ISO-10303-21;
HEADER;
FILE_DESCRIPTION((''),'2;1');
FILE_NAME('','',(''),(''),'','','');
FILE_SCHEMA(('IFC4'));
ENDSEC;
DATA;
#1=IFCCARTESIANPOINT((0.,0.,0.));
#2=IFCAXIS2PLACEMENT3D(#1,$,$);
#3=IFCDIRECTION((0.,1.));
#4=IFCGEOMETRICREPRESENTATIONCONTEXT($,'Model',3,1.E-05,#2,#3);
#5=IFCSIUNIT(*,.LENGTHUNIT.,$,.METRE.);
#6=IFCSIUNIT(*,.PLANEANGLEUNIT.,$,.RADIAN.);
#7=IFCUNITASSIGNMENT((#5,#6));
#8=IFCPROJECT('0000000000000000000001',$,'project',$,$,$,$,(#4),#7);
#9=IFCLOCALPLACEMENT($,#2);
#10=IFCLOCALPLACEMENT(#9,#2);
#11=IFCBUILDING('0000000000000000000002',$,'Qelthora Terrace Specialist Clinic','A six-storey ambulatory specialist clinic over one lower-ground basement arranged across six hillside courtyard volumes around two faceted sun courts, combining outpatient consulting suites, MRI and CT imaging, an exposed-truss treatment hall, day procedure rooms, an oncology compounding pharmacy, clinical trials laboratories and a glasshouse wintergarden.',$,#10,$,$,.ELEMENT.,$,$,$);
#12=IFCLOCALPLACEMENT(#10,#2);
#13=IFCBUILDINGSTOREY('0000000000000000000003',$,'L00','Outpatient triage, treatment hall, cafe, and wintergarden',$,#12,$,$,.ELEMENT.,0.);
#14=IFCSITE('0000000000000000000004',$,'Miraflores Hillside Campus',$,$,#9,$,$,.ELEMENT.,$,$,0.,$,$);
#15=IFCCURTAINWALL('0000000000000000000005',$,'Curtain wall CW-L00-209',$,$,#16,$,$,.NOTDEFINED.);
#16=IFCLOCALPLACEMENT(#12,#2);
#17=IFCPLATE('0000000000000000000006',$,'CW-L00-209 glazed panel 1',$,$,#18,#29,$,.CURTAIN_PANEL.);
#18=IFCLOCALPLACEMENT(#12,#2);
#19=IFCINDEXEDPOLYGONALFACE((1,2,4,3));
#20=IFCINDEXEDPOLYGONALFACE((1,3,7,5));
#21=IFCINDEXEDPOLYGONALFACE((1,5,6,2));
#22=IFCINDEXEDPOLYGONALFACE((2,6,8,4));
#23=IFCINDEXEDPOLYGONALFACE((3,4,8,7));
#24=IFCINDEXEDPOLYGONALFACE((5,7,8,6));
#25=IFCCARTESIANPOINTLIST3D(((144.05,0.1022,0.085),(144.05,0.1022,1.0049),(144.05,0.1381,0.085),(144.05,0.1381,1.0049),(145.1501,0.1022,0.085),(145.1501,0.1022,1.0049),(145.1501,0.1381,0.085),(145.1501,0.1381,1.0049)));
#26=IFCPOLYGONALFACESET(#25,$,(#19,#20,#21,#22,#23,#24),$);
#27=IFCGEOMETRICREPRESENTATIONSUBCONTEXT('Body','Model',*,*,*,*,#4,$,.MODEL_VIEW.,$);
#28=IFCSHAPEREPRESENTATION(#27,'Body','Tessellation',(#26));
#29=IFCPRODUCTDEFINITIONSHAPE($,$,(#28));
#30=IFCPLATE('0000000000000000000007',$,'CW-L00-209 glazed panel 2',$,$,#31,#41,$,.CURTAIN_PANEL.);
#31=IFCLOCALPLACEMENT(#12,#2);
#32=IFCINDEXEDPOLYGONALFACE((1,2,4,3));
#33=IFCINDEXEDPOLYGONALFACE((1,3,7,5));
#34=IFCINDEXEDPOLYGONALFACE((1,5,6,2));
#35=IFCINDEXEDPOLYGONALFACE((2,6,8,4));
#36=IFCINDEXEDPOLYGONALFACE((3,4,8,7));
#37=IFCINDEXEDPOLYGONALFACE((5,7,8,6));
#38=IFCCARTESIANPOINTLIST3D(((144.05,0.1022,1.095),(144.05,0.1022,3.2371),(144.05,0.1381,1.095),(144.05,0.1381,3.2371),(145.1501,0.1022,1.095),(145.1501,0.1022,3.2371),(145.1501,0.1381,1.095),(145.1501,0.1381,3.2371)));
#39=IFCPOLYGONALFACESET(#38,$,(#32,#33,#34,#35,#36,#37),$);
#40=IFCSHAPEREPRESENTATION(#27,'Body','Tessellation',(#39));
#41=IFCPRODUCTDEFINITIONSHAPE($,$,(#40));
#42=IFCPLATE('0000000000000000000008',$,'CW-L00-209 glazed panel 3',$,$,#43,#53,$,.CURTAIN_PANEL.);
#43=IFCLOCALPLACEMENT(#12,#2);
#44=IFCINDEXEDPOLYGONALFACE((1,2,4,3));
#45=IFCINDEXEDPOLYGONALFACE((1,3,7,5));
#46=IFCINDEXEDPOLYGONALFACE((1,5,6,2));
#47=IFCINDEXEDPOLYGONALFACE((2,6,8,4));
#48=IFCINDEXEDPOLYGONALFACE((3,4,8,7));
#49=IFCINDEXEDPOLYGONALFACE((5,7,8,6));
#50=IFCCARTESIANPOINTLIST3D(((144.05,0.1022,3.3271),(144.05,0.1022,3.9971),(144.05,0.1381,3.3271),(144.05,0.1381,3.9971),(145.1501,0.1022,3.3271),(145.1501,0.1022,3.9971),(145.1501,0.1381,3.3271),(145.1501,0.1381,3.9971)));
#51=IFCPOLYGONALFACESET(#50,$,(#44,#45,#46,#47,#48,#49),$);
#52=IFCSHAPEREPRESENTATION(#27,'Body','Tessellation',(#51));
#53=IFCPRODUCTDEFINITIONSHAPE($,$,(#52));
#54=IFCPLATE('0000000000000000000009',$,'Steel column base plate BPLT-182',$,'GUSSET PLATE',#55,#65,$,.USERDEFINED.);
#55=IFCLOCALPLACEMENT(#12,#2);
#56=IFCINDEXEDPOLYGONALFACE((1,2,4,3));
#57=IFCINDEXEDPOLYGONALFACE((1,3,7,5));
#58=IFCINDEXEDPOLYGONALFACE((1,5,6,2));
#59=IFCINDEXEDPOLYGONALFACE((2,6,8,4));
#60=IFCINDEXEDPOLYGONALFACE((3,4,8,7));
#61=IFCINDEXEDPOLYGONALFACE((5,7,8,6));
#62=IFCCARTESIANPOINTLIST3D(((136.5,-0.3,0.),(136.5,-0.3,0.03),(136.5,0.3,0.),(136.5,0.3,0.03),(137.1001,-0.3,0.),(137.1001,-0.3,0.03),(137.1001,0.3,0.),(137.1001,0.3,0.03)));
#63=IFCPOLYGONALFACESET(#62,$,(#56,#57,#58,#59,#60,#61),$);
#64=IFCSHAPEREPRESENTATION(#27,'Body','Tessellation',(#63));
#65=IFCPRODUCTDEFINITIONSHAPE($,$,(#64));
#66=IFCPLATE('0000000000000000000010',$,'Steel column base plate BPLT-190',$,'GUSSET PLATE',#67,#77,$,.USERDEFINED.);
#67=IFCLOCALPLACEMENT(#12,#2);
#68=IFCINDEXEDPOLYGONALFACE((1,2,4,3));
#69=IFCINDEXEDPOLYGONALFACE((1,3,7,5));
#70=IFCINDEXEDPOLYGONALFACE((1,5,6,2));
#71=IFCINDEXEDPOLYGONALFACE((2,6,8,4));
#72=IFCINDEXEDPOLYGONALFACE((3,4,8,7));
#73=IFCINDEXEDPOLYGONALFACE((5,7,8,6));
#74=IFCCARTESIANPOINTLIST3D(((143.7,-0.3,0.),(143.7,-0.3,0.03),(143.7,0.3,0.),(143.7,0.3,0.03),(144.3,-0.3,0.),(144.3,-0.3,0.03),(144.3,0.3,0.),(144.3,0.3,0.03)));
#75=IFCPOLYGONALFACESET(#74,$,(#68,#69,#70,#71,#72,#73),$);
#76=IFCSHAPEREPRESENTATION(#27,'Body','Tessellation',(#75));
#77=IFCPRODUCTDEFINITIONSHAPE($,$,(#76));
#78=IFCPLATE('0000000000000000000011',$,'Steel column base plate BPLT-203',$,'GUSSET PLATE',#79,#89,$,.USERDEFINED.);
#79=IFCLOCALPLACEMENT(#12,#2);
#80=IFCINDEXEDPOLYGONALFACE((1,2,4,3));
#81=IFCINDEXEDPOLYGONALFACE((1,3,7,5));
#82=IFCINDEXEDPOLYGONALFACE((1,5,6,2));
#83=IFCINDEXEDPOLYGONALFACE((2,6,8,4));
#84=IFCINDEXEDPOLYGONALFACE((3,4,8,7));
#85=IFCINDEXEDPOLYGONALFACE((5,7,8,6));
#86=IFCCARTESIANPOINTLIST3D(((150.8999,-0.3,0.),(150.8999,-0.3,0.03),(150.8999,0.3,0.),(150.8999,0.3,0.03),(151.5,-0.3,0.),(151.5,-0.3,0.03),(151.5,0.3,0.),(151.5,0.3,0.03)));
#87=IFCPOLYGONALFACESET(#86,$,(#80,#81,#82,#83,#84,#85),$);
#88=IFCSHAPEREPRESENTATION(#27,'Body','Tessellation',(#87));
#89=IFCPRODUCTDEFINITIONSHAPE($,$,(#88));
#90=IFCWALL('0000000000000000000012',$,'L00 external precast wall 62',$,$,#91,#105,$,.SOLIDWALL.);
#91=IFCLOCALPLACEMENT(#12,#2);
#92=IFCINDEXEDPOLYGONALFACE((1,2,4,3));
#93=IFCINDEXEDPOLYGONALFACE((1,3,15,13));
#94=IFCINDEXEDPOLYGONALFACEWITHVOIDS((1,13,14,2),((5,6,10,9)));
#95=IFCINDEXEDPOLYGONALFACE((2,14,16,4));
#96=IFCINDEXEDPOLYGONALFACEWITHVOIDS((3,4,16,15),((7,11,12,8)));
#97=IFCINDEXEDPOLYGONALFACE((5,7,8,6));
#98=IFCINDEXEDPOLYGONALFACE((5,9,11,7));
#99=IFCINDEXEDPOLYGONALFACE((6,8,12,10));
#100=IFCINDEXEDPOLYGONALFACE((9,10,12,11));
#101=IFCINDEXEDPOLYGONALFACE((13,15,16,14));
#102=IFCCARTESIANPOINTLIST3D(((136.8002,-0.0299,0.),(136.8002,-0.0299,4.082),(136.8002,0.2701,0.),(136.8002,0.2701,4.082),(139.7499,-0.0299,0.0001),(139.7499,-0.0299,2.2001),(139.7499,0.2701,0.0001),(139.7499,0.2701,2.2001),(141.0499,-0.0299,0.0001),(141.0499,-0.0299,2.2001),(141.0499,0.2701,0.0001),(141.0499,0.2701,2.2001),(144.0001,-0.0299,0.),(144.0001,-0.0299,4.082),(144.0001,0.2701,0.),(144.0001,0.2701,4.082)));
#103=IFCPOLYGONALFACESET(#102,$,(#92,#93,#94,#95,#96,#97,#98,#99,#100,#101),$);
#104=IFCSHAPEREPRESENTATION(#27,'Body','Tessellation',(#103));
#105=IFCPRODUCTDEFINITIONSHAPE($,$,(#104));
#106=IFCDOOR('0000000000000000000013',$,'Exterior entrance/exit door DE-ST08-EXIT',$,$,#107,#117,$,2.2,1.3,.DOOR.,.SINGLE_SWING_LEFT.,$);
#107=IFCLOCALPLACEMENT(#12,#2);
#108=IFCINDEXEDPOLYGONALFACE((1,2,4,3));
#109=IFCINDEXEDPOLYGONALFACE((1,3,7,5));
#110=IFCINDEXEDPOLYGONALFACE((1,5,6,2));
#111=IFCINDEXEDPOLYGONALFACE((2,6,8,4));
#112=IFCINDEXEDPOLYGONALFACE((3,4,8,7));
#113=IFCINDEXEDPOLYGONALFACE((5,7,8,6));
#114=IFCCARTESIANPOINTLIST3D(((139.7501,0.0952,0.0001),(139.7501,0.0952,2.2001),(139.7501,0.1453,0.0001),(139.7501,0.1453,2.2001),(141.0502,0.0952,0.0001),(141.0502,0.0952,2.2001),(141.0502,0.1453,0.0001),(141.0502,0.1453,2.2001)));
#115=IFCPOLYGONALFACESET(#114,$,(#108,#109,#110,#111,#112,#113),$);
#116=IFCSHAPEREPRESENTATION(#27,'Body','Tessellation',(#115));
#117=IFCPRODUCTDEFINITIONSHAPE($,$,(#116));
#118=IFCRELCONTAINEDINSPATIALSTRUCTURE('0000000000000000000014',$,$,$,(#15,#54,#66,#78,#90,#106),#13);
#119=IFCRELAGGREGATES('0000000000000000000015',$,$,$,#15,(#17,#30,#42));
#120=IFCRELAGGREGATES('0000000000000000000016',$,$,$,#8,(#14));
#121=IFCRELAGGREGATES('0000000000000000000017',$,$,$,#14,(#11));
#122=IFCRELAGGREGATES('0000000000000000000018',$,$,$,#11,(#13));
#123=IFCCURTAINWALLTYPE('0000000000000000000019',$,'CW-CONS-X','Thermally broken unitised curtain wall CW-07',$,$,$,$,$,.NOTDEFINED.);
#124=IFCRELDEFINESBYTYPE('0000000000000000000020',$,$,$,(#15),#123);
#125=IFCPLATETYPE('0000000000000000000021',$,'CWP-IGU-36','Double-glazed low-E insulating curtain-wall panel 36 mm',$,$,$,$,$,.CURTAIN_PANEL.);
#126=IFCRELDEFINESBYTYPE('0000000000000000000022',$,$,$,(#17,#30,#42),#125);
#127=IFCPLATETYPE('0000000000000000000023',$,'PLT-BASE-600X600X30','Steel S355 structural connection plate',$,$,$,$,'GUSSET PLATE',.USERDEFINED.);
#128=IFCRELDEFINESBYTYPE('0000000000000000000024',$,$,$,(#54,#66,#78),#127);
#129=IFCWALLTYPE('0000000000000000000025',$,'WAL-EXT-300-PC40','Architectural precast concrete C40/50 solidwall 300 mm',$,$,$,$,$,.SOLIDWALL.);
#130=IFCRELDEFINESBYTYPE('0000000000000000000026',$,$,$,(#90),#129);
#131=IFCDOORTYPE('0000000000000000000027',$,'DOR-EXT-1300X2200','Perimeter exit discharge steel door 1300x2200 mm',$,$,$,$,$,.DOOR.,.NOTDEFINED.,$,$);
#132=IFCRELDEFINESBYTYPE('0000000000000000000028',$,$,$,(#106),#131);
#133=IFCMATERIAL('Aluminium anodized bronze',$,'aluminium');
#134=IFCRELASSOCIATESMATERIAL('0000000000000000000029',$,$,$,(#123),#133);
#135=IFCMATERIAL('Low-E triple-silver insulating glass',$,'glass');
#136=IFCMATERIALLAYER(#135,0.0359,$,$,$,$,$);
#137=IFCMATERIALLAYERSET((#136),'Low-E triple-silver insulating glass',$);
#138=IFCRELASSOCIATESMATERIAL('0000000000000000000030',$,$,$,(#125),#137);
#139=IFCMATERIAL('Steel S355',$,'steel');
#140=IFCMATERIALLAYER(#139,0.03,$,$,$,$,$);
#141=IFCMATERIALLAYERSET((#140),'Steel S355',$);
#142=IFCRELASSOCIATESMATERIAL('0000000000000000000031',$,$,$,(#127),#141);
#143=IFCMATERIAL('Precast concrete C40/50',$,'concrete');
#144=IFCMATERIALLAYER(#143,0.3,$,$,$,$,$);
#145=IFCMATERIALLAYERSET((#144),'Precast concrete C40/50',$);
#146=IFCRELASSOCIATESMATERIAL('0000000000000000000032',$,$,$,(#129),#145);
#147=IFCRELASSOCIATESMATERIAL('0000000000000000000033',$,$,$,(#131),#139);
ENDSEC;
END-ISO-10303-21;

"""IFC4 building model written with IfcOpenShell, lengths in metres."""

from ifc_helpers import new_model, si_unit, direction, frame, frame_2d, origin, origin_2d, place, context, subcontext, project, spatial, rectangle, extrude, material, layer, layer_set, type_object, element, fill, aggregate, save


model = new_model("IFC4")

# Units and contexts
model_context = context("Model", 3, precision=1e-05, world=origin(), true_north=direction((0.0, 1.0)))
body_context = subcontext(model_context, "Body", "Model", "MODEL_VIEW")
ifc_project = project(units=[si_unit("LENGTHUNIT", "METRE"), si_unit("PLANEANGLEUNIT", "RADIAN")], contexts=[model_context])

# Site, building, storey
site_placement = place(None, origin())
site = spatial("IfcSite", under=ifc_project, at=site_placement, Name="Miraflores Hillside Campus", CompositionType="ELEMENT", RefElevation=0.0)
building_placement = place(site_placement, origin())
building = spatial("IfcBuilding", under=site, at=building_placement, Name="Qelthora Terrace Specialist Clinic", Description="A six-storey ambulatory specialist clinic over one lower-ground basement arranged across six hillside courtyard volumes around two faceted sun courts, combining outpatient consulting suites, MRI and CT imaging, an exposed-truss treatment hall, day procedure rooms, an oncology compounding pharmacy, clinical trials laboratories and a glasshouse wintergarden.", CompositionType="ELEMENT")
storey_placement = place(building_placement, origin())
storey = spatial("IfcBuildingStorey", under=building, at=storey_placement, Name="L00", Description="Outpatient triage, treatment hall, cafe, and wintergarden", CompositionType="ELEMENT", Elevation=0.0)

# Shared definitions
ifc_material_1 = material(Name="Steel S355", Category="steel")

# Curtain wall
ifc_material_2 = material(Name="Aluminium anodized bronze", Category="aluminium")
curtain_wall_type = type_object("IfcCurtainWallType", Name="CW-CONS-X", Description="Thermally broken unitised curtain wall CW-07", PredefinedType="NOTDEFINED", material=ifc_material_2)
curtain_wall_1_placement = place(storey_placement, origin())
curtain_wall_1 = element("IfcCurtainWall", 1, at=curtain_wall_1_placement, inside=storey, type_object=curtain_wall_type, Name="Curtain wall CW-L00-209", PredefinedType="NOTDEFINED")

# Plates
ifc_material_3 = material(Name="Low-E triple-silver insulating glass", Category="glass")
ifc_layer_1 = layer(ifc_material_3, 0.0359)
ifc_layer_set_1 = layer_set([ifc_layer_1], Name="Low-E triple-silver insulating glass")
plate_type_1 = type_object("IfcPlateType", Name="CWP-IGU-36", Description="Double-glazed low-E insulating curtain-wall panel 36 mm", PredefinedType="CURTAIN_PANEL", material=ifc_layer_set_1)
plate_1_placement = place(storey_placement, frame((144.6001, 0.1201, 0.085), z_axis=(0.0, 0.0, 1.0), x_axis=(1.0, 0.0, 0.0)))
plate_1 = element("IfcPlate", 2, at=plate_1_placement, type_object=plate_type_1, Name="CW-L00-209 glazed panel 1", PredefinedType="CURTAIN_PANEL", context=body_context, shape_type="SweptSolid", body=[
    extrude(rectangle(XDim=1.1001, YDim=0.0359, at=origin_2d()), origin(), (0.0, 0.0, 1.0), 0.9199),
])
plate_2_placement = place(storey_placement, frame((144.6001, 0.1201, 1.095), z_axis=(0.0, 0.0, 1.0), x_axis=(1.0, 0.0, 0.0)))
plate_2 = element("IfcPlate", 3, at=plate_2_placement, type_object=plate_type_1, Name="CW-L00-209 glazed panel 2", PredefinedType="CURTAIN_PANEL", context=body_context, shape_type="SweptSolid", body=[
    extrude(rectangle(XDim=1.1001, YDim=0.0359, at=origin_2d()), origin(), (0.0, 0.0, 1.0), 2.1421),
])
plate_3_placement = place(storey_placement, frame((144.6001, 0.1201, 3.3271), z_axis=(0.0, 0.0, 1.0), x_axis=(1.0, 0.0, 0.0)))
plate_3 = element("IfcPlate", 4, at=plate_3_placement, type_object=plate_type_1, Name="CW-L00-209 glazed panel 3", PredefinedType="CURTAIN_PANEL", context=body_context, shape_type="SweptSolid", body=[
    extrude(rectangle(XDim=1.1001, YDim=0.0359, at=origin_2d()), origin(), (0.0, 0.0, 1.0), 0.6699),
])
aggregate(curtain_wall_1, [plate_1, plate_2, plate_3])

# Plates
ifc_layer_2 = layer(ifc_material_1, 0.03)
ifc_layer_set_2 = layer_set([ifc_layer_2], Name="Steel S355")
plate_type_2 = type_object("IfcPlateType", Name="PLT-BASE-600X600X30", Description="Steel S355 structural connection plate", ElementType="GUSSET PLATE", PredefinedType="USERDEFINED", material=ifc_layer_set_2)
for number, where, z_axis, x_axis, name in (
    (5, (136.8, 0.0, 0.0), (0.0, 0.0, 1.0), (1.0, 0.0, 0.0), "Steel column base plate BPLT-182"),
    (6, (144.0, 0.0, 0.0), (0.0, 0.0, 1.0), (1.0, 0.0, 0.0), "Steel column base plate BPLT-190"),
    (7, (151.2, 0.0, 0.0), (0.0, 0.0, 1.0), (1.0, 0.0, 0.0), "Steel column base plate BPLT-203"),
):
    element("IfcPlate", number, at=place(storey_placement, frame(where, z_axis=z_axis, x_axis=x_axis)), inside=storey, type_object=plate_type_2, Name=name, ObjectType="GUSSET PLATE", PredefinedType="USERDEFINED", context=body_context, shape_type="SweptSolid", body=[
        extrude(rectangle(XDim=0.6001, YDim=0.6001, at=origin_2d()), origin(), (0.0, 0.0, 1.0), 0.03),
    ])

# Wall, opening, door
ifc_material_4 = material(Name="Precast concrete C40/50", Category="concrete")
ifc_layer_3 = layer(ifc_material_4, 0.3)
ifc_layer_set_3 = layer_set([ifc_layer_3], Name="Precast concrete C40/50")
wall_type = type_object("IfcWallType", Name="WAL-EXT-300-PC40", Description="Architectural precast concrete C40/50 solidwall 300 mm", PredefinedType="SOLIDWALL", material=ifc_layer_set_3)
wall_placement = place(storey_placement, frame((136.8, 0.1201, 0.0), z_axis=(0.0, 0.0, 1.0), x_axis=(1.0, 0.0, 0.0)))
wall = element("IfcWall", 8, at=wall_placement, inside=storey, type_object=wall_type, Name="L00 external precast wall 62", PredefinedType="SOLIDWALL", context=body_context, shape_type="SweptSolid", body=[
    extrude(rectangle(XDim=7.2, YDim=0.3, at=frame_2d((3.6001, 0.0))), origin(), (0.0, 0.0, 1.0), 4.082),
])
opening_placement = place(wall_placement, frame((2.95, 0.0, 0.0)))
opening = element("IfcOpeningElement", 9, at=opening_placement, cuts=wall, PredefinedType="OPENING", context=body_context, shape_type="SweptSolid", body=[
    extrude(rectangle(XDim=1.3, YDim=2.2, at=frame_2d((0.6499, 1.1001))), frame((0.0, 0.1599, 0.0), z_axis=(0.0, -1.0, 0.0), x_axis=(1.0, 0.0, 0.0)), (0.0, 0.0, 1.0), 0.3201),
])
door_type = type_object("IfcDoorType", Name="DOR-EXT-1300X2200", Description="Perimeter exit discharge steel door 1300x2200 mm", OperationType="NOTDEFINED", PredefinedType="DOOR", material=ifc_material_1)
door_placement = place(opening_placement, frame((1.3, 0.0, 0.0), z_axis=(0.0, 0.0, 1.0), x_axis=(-1.0, 0.0, 0.0)))
door = element("IfcDoor", 10, at=door_placement, inside=storey, type_object=door_type, Name="Exterior entrance/exit door DE-ST08-EXIT", OperationType="SINGLE_SWING_LEFT", OverallHeight=2.2, OverallWidth=1.3, PredefinedType="DOOR", context=body_context, shape_type="SweptSolid", body=[
    extrude(rectangle(XDim=1.3, YDim=2.2, at=frame_2d((0.6499, 1.1001))), frame((0.0, 0.0249, 0.0), z_axis=(0.0, -1.0, 0.0), x_axis=(1.0, 0.0, 0.0)), (0.0, 0.0, 1.0), 0.05),
])
fill(opening, door)

save(model, "model.ifc")
